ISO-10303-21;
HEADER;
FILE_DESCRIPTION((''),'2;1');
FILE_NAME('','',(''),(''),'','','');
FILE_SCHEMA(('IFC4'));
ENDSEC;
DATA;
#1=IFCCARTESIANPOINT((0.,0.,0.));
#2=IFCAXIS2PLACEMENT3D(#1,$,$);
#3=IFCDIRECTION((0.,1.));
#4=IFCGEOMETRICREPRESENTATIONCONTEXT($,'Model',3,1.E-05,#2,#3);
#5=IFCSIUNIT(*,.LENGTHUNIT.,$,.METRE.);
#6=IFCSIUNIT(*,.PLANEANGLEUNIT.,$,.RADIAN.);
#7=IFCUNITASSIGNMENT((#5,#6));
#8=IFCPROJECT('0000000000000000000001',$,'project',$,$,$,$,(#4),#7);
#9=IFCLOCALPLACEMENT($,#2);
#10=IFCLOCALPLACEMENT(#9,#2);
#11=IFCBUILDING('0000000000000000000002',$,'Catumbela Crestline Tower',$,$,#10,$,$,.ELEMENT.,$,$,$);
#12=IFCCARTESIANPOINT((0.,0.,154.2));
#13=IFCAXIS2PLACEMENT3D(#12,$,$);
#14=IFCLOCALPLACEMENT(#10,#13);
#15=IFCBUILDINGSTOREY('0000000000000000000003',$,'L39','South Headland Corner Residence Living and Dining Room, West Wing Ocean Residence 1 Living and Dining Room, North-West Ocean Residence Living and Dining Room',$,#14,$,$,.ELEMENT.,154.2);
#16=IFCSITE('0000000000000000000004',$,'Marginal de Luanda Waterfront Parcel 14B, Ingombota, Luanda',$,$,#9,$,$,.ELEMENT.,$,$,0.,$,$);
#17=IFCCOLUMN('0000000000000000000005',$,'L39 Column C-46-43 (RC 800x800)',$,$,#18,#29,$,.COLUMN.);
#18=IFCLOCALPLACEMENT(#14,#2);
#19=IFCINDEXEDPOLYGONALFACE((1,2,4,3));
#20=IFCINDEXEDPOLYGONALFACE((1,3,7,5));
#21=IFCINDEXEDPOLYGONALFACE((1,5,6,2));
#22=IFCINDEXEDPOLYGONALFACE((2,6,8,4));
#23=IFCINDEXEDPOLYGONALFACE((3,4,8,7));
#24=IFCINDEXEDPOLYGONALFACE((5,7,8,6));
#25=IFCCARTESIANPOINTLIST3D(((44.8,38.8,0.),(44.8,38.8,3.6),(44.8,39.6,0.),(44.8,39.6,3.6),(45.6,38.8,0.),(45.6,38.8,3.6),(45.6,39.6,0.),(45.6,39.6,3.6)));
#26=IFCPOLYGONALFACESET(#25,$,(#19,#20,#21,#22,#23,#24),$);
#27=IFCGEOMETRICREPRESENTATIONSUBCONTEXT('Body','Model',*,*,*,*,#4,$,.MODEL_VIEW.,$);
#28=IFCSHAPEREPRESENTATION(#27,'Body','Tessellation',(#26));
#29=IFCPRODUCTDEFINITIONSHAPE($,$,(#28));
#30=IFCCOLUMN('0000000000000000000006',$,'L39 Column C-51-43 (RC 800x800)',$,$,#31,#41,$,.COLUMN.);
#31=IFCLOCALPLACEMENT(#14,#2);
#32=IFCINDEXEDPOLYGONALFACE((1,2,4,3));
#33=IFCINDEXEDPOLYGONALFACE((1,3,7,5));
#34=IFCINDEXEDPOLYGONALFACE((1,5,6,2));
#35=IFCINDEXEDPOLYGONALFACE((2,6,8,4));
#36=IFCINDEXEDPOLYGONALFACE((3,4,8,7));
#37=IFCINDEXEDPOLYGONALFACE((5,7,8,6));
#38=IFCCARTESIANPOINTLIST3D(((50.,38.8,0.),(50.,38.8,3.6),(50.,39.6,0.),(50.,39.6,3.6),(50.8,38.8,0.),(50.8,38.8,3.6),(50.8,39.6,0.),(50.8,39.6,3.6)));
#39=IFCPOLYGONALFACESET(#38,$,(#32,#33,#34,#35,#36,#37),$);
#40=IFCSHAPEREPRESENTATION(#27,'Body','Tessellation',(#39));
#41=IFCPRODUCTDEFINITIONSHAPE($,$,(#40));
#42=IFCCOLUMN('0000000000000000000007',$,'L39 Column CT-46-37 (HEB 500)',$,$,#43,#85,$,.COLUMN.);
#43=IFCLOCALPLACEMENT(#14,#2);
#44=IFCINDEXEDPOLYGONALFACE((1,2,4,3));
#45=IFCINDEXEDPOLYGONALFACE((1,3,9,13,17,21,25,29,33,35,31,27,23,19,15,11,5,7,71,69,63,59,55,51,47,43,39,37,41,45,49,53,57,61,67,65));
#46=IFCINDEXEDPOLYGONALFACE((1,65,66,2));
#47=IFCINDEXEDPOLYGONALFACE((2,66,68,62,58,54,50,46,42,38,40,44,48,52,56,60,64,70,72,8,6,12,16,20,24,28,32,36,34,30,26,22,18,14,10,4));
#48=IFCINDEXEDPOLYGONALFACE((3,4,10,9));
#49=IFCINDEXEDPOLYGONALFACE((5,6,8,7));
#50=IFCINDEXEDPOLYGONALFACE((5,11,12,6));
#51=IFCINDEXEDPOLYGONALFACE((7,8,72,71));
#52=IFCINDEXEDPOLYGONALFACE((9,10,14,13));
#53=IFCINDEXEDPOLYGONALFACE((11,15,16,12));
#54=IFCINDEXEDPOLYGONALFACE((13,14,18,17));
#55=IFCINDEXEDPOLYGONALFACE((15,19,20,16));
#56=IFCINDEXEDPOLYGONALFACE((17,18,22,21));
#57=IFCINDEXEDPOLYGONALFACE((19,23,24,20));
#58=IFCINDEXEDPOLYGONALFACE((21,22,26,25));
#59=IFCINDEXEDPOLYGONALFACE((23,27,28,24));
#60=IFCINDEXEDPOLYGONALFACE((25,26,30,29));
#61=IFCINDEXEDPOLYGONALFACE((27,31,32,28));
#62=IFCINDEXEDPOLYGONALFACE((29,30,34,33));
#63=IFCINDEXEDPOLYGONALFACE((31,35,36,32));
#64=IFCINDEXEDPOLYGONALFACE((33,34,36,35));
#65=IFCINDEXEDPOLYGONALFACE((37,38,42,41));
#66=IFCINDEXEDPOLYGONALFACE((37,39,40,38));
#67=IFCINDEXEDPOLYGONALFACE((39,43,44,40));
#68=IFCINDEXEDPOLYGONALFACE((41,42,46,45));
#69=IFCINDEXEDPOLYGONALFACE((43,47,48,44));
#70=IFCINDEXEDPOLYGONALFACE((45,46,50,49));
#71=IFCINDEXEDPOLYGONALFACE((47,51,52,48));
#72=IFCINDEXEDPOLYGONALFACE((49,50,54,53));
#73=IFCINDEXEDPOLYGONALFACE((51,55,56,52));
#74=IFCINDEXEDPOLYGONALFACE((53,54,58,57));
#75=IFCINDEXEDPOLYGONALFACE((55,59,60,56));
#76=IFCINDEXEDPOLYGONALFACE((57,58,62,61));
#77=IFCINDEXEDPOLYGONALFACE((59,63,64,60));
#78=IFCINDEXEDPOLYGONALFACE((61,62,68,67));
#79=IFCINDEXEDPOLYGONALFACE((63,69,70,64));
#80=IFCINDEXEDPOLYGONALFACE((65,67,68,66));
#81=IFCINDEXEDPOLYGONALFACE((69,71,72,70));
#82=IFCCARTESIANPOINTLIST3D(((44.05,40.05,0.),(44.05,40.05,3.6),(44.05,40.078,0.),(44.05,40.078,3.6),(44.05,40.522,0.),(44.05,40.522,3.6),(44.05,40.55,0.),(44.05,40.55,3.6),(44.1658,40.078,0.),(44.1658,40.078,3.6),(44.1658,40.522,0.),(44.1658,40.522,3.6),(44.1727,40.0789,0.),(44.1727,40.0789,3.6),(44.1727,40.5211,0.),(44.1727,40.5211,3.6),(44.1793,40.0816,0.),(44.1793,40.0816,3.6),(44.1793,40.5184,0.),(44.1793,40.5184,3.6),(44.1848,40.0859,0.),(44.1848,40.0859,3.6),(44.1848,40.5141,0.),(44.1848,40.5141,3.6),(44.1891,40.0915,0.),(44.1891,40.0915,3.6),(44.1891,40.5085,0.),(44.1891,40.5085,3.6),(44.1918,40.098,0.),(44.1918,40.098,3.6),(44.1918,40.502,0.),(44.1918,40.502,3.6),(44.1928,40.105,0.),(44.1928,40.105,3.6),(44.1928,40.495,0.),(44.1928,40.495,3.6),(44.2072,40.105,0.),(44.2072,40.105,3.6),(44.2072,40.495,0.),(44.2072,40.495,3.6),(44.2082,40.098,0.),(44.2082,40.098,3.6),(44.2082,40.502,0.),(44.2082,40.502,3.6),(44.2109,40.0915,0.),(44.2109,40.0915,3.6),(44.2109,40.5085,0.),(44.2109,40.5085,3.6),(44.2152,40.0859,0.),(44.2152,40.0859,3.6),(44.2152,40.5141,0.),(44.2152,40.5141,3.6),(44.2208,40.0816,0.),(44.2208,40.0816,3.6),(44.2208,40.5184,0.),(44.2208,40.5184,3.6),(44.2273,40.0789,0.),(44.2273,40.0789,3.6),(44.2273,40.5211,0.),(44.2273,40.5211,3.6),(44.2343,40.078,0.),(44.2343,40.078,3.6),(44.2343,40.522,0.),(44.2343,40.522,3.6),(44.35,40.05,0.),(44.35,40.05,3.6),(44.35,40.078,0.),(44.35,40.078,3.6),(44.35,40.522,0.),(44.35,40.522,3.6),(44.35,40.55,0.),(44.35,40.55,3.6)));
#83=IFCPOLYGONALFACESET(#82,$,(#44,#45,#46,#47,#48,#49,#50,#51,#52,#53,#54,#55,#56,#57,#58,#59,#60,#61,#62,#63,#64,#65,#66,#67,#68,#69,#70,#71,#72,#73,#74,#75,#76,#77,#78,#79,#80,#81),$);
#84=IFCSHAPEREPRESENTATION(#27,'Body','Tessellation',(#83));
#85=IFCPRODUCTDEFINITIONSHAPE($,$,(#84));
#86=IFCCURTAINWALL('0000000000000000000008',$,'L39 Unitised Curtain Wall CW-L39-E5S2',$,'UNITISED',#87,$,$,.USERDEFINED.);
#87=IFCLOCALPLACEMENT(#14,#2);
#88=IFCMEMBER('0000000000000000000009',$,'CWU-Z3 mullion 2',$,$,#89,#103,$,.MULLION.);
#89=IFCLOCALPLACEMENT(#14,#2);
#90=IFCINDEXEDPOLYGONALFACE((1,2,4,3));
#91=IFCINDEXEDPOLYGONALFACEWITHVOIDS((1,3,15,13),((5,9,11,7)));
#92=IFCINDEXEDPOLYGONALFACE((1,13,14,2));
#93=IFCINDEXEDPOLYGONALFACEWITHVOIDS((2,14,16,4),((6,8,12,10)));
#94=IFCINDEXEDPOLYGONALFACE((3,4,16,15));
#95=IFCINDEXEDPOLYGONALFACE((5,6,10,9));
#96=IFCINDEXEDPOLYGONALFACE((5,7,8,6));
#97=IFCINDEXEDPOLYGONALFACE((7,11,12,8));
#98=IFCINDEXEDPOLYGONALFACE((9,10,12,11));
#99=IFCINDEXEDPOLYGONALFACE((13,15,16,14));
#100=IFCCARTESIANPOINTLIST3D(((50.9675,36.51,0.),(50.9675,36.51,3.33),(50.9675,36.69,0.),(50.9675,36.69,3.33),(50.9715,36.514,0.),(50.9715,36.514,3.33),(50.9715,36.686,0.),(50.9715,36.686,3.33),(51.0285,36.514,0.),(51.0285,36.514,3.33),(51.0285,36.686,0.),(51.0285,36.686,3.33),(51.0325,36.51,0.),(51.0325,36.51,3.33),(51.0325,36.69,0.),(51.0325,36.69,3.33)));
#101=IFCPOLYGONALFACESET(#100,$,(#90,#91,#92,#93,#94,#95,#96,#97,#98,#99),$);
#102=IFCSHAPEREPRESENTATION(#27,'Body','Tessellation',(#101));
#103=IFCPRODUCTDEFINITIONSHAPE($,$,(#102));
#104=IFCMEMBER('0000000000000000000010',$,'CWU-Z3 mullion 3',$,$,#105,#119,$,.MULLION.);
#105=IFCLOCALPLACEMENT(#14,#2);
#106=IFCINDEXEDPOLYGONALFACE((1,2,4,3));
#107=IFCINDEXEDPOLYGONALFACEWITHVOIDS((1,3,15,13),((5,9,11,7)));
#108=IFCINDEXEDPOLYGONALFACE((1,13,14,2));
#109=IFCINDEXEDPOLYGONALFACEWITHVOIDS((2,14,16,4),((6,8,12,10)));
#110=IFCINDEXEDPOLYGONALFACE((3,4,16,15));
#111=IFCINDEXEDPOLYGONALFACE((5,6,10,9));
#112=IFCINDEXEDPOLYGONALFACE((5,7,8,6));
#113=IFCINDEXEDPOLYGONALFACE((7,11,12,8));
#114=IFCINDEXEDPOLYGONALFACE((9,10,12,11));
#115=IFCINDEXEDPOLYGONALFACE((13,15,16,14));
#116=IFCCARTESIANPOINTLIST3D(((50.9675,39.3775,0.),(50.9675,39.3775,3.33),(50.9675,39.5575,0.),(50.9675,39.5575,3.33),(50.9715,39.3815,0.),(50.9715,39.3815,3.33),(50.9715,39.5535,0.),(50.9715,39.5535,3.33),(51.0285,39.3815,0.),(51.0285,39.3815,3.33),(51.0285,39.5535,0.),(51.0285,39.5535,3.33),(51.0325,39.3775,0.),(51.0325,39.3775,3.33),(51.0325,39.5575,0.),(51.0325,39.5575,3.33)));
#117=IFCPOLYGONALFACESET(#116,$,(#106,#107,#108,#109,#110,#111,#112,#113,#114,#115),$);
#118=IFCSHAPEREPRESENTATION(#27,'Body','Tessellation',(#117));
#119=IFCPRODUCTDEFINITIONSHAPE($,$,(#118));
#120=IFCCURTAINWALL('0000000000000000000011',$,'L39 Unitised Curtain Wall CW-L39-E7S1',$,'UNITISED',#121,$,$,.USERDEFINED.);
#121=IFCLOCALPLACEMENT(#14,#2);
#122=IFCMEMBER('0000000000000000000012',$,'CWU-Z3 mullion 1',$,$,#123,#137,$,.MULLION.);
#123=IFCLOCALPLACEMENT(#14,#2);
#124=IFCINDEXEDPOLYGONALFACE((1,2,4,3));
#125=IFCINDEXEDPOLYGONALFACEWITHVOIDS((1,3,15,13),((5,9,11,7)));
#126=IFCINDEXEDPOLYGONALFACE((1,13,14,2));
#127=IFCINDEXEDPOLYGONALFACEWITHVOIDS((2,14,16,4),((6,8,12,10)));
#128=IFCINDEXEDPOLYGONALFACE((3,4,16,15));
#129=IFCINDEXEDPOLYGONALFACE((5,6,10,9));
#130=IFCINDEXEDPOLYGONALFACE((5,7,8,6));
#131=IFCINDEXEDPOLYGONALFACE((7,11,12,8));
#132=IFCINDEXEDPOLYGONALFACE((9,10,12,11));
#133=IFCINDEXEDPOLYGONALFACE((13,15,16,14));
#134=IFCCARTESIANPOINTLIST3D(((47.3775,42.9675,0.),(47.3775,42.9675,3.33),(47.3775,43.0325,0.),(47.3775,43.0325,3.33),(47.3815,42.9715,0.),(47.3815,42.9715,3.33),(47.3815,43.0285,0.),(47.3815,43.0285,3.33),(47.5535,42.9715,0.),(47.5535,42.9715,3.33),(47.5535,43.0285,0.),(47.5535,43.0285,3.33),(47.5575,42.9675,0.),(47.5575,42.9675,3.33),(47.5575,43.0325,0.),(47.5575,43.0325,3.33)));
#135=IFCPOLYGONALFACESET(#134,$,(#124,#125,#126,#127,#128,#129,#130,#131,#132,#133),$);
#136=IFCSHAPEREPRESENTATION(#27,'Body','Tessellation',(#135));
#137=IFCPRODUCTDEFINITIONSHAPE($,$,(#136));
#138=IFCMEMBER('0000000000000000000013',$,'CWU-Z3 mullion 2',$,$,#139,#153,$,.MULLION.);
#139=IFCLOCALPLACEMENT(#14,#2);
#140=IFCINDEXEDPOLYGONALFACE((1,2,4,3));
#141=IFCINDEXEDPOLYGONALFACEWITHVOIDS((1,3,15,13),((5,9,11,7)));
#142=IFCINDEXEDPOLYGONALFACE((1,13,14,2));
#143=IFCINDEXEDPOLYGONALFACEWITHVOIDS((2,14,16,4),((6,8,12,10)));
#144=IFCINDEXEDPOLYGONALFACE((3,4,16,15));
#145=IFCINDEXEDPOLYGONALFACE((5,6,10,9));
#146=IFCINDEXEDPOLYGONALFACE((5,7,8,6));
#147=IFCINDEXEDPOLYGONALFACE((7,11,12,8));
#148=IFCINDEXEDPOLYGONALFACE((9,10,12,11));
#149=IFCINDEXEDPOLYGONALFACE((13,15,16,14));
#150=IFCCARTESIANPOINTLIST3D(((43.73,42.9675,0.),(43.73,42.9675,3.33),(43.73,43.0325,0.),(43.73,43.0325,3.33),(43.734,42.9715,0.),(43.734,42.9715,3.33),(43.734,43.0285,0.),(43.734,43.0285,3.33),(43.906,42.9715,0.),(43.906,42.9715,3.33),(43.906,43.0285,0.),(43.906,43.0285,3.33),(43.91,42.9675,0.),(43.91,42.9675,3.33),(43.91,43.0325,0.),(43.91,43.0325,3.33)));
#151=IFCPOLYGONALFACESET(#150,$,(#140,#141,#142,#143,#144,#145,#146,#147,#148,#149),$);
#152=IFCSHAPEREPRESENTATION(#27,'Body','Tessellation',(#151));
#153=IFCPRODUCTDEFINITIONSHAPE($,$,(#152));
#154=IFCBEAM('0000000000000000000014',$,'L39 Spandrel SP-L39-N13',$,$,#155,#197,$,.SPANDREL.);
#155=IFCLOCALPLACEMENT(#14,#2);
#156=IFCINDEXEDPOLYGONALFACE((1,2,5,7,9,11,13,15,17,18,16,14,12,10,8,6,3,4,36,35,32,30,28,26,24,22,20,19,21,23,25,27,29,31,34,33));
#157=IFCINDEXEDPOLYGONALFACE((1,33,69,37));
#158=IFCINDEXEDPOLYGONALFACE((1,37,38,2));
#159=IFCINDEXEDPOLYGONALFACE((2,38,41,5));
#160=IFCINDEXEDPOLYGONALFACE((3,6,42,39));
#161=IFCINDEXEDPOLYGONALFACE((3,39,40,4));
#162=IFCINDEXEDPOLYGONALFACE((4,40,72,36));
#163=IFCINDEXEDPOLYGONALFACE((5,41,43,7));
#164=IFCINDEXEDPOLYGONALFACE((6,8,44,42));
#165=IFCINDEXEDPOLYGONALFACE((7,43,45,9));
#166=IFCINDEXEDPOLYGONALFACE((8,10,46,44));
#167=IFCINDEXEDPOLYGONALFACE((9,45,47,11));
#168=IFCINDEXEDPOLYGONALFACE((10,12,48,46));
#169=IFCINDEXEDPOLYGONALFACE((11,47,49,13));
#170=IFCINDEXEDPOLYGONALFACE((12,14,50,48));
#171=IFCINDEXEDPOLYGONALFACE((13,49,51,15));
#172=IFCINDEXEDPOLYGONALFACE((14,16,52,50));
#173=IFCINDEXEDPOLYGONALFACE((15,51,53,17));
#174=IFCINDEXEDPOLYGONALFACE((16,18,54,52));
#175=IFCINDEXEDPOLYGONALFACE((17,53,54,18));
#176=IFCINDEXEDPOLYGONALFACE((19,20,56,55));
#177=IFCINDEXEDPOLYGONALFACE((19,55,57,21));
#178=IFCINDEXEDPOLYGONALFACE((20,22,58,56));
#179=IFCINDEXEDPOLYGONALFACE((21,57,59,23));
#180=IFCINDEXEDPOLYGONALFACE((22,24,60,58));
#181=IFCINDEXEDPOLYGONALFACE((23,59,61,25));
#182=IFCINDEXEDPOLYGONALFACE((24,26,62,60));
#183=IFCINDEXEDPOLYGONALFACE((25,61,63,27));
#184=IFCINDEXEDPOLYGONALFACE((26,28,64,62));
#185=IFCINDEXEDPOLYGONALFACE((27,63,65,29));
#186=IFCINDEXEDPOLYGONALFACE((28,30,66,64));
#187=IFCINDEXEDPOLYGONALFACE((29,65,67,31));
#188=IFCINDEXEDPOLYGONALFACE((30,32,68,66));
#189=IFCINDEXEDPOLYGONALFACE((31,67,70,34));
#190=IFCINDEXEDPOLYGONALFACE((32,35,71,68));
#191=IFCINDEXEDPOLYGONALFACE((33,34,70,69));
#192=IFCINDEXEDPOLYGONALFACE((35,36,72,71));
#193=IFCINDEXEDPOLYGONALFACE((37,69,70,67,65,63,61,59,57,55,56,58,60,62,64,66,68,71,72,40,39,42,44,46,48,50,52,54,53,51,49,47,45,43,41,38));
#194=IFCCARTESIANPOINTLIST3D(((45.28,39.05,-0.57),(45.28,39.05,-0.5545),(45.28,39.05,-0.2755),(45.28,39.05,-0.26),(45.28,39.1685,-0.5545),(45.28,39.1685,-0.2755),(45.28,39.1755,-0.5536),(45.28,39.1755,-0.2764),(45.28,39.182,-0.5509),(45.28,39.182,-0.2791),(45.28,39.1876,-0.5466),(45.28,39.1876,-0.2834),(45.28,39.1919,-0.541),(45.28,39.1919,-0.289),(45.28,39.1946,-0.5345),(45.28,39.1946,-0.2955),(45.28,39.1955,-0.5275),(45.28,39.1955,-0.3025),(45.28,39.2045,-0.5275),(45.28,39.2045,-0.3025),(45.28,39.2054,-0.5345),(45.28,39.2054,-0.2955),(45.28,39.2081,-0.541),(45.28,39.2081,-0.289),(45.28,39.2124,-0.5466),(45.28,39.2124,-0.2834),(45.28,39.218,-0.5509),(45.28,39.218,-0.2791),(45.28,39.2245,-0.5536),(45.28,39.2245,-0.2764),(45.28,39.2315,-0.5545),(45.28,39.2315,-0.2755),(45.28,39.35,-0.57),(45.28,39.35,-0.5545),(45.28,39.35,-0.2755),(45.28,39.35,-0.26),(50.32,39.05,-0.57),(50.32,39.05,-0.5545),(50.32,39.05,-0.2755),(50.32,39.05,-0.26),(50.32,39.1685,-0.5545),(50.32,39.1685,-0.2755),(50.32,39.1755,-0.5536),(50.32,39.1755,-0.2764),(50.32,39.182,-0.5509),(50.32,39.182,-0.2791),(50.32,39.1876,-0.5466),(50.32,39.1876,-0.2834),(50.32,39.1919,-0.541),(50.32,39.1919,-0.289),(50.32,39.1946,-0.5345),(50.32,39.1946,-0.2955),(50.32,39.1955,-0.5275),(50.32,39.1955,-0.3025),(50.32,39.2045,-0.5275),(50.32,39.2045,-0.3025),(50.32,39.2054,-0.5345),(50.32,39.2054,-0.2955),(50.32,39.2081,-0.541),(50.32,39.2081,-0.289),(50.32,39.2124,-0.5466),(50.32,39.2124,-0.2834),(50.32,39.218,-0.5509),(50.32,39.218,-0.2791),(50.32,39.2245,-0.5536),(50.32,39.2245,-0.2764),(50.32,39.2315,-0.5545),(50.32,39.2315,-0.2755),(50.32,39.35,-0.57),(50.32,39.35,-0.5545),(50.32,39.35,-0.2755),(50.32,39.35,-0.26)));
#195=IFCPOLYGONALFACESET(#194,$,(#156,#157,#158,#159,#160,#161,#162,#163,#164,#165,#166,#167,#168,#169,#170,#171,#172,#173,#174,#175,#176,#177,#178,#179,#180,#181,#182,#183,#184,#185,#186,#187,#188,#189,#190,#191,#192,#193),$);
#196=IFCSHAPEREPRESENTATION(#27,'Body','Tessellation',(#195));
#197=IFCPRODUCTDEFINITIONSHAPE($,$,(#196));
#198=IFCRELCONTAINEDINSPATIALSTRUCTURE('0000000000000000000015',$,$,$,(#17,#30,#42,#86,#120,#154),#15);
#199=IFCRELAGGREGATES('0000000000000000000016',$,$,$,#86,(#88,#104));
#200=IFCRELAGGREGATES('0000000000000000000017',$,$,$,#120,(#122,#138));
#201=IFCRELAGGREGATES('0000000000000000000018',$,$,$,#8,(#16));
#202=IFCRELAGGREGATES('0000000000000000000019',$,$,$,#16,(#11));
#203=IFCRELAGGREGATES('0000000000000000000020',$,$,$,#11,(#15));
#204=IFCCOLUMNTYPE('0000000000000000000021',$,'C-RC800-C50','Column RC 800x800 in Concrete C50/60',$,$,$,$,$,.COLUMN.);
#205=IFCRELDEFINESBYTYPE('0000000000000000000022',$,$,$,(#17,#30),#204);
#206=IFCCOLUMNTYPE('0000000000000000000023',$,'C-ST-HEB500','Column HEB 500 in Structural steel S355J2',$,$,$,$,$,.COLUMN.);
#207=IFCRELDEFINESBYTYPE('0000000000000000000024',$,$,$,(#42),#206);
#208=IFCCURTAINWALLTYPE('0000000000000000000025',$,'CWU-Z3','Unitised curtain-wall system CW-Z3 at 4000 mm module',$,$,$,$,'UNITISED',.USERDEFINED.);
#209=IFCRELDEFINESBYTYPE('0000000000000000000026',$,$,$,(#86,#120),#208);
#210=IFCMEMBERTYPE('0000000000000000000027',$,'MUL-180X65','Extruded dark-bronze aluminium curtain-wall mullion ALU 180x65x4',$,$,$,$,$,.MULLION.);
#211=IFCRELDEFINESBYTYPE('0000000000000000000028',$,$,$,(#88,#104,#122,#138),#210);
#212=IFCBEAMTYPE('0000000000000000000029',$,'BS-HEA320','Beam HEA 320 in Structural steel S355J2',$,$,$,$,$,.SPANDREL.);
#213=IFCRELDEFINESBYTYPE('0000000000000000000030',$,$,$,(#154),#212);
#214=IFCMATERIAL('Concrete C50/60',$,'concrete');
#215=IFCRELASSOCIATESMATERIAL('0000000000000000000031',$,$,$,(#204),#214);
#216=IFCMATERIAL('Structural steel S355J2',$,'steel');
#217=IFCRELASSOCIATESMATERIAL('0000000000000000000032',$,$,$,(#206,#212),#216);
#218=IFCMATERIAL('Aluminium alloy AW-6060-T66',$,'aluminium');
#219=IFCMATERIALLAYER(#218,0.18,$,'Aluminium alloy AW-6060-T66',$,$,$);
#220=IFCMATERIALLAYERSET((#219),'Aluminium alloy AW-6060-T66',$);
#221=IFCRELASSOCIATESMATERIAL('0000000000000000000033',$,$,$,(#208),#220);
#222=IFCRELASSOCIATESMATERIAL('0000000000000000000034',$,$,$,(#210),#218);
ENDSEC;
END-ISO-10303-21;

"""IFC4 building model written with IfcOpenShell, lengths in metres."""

from ifc_helpers import new_model, si_unit, direction, frame, origin, origin_2d, place, context, subcontext, project, spatial, rectangle, hollow_rectangle, i_section, extrude, material, layer, layer_set, material_profile, profile_set, type_object, element, aggregate, save


model = new_model("IFC4")

# Units and contexts
model_context = context("Model", 3, precision=1e-05, world=origin(), true_north=direction((0.0, 1.0)))
body_context = subcontext(model_context, "Body", "Model", "MODEL_VIEW")
ifc_project = project(units=[si_unit("LENGTHUNIT", "METRE"), si_unit("PLANEANGLEUNIT", "RADIAN")], contexts=[model_context])

# Site, building, storey
site_placement = place(None, origin())
site = spatial("IfcSite", under=ifc_project, at=site_placement, Name="Marginal de Luanda Waterfront Parcel 14B, Ingombota, Luanda", CompositionType="ELEMENT", RefElevation=0.0)
building_placement = place(site_placement, origin())
building = spatial("IfcBuilding", under=site, at=building_placement, Name="Catumbela Crestline Tower", CompositionType="ELEMENT")
storey_placement = place(building_placement, frame((0.0, 0.0, 154.2)))
storey = spatial("IfcBuildingStorey", under=building, at=storey_placement, Name="L39", Description="South Headland Corner Residence Living and Dining Room, West Wing Ocean Residence 1 Living and Dining Room, North-West Ocean Residence Living and Dining Room", CompositionType="ELEMENT", Elevation=154.2)

# Columns
ifc_material_1 = material(Name="Concrete C50/60", Category="concrete")
ifc_material_profile_1 = material_profile(ifc_material_1, rectangle(XDim=0.8, YDim=0.8, at=origin_2d()), Name="RC 800x800")
ifc_profile_set_1 = profile_set([ifc_material_profile_1], Name="Concrete C50/60")
column_type_1 = type_object("IfcColumnType", Name="C-RC800-C50", Description="Column RC 800x800 in Concrete C50/60", PredefinedType="COLUMN", material=ifc_profile_set_1)
for number, where, z_axis, x_axis, name in (
    (1, (45.2, 39.2, 0.0), (0.0, 0.0, 1.0), (1.0, 0.0, 0.0), "L39 Column C-46-43 (RC 800x800)"),
    (2, (50.4, 39.2, 0.0), (0.0, 0.0, 1.0), (1.0, 0.0, 0.0), "L39 Column C-51-43 (RC 800x800)"),
):
    element("IfcColumn", number, at=place(storey_placement, frame(where, z_axis=z_axis, x_axis=x_axis)), inside=storey, type_object=column_type_1, Name=name, PredefinedType="COLUMN", context=body_context, shape_type="SweptSolid", body=[
        extrude(rectangle(XDim=0.8, YDim=0.8, at=origin_2d()), origin(), (0.0, 0.0, 1.0), 3.6),
    ])
ifc_material_2 = material(Name="Structural steel S355J2", Category="steel")
ifc_material_profile_2 = material_profile(ifc_material_2, i_section(OverallWidth=0.3, OverallDepth=0.5, WebThickness=0.0145, FlangeThickness=0.028, FilletRadius=0.027, at=origin_2d()), Name="HEB 500")
ifc_profile_set_2 = profile_set([ifc_material_profile_2], Name="Structural steel S355J2")
column_type_2 = type_object("IfcColumnType", Name="C-ST-HEB500", Description="Column HEB 500 in Structural steel S355J2", PredefinedType="COLUMN", material=ifc_profile_set_2)
column_placement = place(storey_placement, frame((44.2, 40.3, 0.0), z_axis=(0.0, 0.0, 1.0), x_axis=(1.0, 0.0, 0.0)))
element("IfcColumn", 3, at=column_placement, inside=storey, type_object=column_type_2, Name="L39 Column CT-46-37 (HEB 500)", PredefinedType="COLUMN", context=body_context, shape_type="SweptSolid", body=[
    extrude(i_section(OverallWidth=0.3, OverallDepth=0.5, WebThickness=0.0145, FlangeThickness=0.028, FilletRadius=0.027, at=origin_2d()), origin(), (0.0, 0.0, 1.0), 3.6),
])

# Curtain walls, members
ifc_material_3 = material(Name="Aluminium alloy AW-6060-T66", Category="aluminium")
ifc_layer_1 = layer(ifc_material_3, 0.18, Name="Aluminium alloy AW-6060-T66")
ifc_layer_set_1 = layer_set([ifc_layer_1], Name="Aluminium alloy AW-6060-T66")
curtain_wall_type = type_object("IfcCurtainWallType", Name="CWU-Z3", Description="Unitised curtain-wall system CW-Z3 at 4000 mm module", ElementType="UNITISED", PredefinedType="USERDEFINED", material=ifc_layer_set_1)
curtain_wall_1_placement = place(storey_placement, origin())
curtain_wall_1 = element("IfcCurtainWall", 4, at=curtain_wall_1_placement, inside=storey, type_object=curtain_wall_type, Name="L39 Unitised Curtain Wall CW-L39-E5S2", ObjectType="UNITISED", PredefinedType="USERDEFINED")
ifc_material_profile_3 = material_profile(ifc_material_3, hollow_rectangle(XDim=0.065, YDim=0.18, WallThickness=0.004, at=origin_2d()), Name="ALU 180x65x4")
ifc_profile_set_3 = profile_set([ifc_material_profile_3], Name="Aluminium alloy AW-6060-T66")
member_type_1 = type_object("IfcMemberType", Name="MUL-180X65", Description="Extruded dark-bronze aluminium curtain-wall mullion ALU 180x65x4", PredefinedType="MULLION", material=ifc_profile_set_3)
member_1_placement = place(storey_placement, frame((51.0, 36.6, 0.0), z_axis=(0.0, 0.0, 1.0), x_axis=(-1.0, 0.0, 0.0)))
member_1 = element("IfcMember", 5, at=member_1_placement, type_object=member_type_1, Name="CWU-Z3 mullion 2", PredefinedType="MULLION", context=body_context, shape_type="SweptSolid", body=[
    extrude(hollow_rectangle(XDim=0.065, YDim=0.18, WallThickness=0.004, at=origin_2d()), origin(), (0.0, 0.0, 1.0), 3.33),
])
member_2_placement = place(storey_placement, frame((51.0, 39.4675, 0.0), z_axis=(0.0, 0.0, 1.0), x_axis=(-1.0, 0.0, 0.0)))
member_2 = element("IfcMember", 6, at=member_2_placement, type_object=member_type_1, Name="CWU-Z3 mullion 3", PredefinedType="MULLION", context=body_context, shape_type="SweptSolid", body=[
    extrude(hollow_rectangle(XDim=0.065, YDim=0.18, WallThickness=0.004, at=origin_2d()), origin(), (0.0, 0.0, 1.0), 3.33),
])
curtain_wall_2_placement = place(storey_placement, origin())
curtain_wall_2 = element("IfcCurtainWall", 7, at=curtain_wall_2_placement, inside=storey, type_object=curtain_wall_type, Name="L39 Unitised Curtain Wall CW-L39-E7S1", ObjectType="UNITISED", PredefinedType="USERDEFINED")
member_3_placement = place(storey_placement, frame((47.4675, 43.0, 0.0), z_axis=(0.0, 0.0, 1.0), x_axis=(0.0, -1.0, 0.0)))
member_3 = element("IfcMember", 8, at=member_3_placement, type_object=member_type_1, Name="CWU-Z3 mullion 1", PredefinedType="MULLION", context=body_context, shape_type="SweptSolid", body=[
    extrude(hollow_rectangle(XDim=0.065, YDim=0.18, WallThickness=0.004, at=origin_2d()), origin(), (0.0, 0.0, 1.0), 3.33),
])
member_4_placement = place(storey_placement, frame((43.82, 43.0, 0.0), z_axis=(0.0, 0.0, 1.0), x_axis=(0.0, -1.0, 0.0)))
member_4 = element("IfcMember", 9, at=member_4_placement, type_object=member_type_1, Name="CWU-Z3 mullion 2", PredefinedType="MULLION", context=body_context, shape_type="SweptSolid", body=[
    extrude(hollow_rectangle(XDim=0.065, YDim=0.18, WallThickness=0.004, at=origin_2d()), origin(), (0.0, 0.0, 1.0), 3.33),
])

# Beam
ifc_material_profile_4 = material_profile(ifc_material_2, i_section(OverallWidth=0.3, OverallDepth=0.31, WebThickness=0.009, FlangeThickness=0.0155, FilletRadius=0.027, at=origin_2d()), Name="HEA 320")
ifc_profile_set_4 = profile_set([ifc_material_profile_4], Name="Structural steel S355J2")
beam_type = type_object("IfcBeamType", Name="BS-HEA320", Description="Beam HEA 320 in Structural steel S355J2", PredefinedType="SPANDREL", material=ifc_profile_set_4)
beam_placement = place(storey_placement, frame((45.28, 39.2, -0.415), z_axis=(1.0, 0.0, 0.0), x_axis=(0.0, 1.0, 0.0)))
element("IfcBeam", 10, at=beam_placement, inside=storey, type_object=beam_type, Name="L39 Spandrel SP-L39-N13", PredefinedType="SPANDREL", context=body_context, shape_type="SweptSolid", body=[
    extrude(i_section(OverallWidth=0.3, OverallDepth=0.31, WebThickness=0.009, FlangeThickness=0.0155, FilletRadius=0.027, at=origin_2d()), origin(), (0.0, 0.0, 1.0), 5.04),
])

aggregate(curtain_wall_1, [member_1, member_2])
aggregate(curtain_wall_2, [member_3, member_4])

save(model, "model.ifc")
